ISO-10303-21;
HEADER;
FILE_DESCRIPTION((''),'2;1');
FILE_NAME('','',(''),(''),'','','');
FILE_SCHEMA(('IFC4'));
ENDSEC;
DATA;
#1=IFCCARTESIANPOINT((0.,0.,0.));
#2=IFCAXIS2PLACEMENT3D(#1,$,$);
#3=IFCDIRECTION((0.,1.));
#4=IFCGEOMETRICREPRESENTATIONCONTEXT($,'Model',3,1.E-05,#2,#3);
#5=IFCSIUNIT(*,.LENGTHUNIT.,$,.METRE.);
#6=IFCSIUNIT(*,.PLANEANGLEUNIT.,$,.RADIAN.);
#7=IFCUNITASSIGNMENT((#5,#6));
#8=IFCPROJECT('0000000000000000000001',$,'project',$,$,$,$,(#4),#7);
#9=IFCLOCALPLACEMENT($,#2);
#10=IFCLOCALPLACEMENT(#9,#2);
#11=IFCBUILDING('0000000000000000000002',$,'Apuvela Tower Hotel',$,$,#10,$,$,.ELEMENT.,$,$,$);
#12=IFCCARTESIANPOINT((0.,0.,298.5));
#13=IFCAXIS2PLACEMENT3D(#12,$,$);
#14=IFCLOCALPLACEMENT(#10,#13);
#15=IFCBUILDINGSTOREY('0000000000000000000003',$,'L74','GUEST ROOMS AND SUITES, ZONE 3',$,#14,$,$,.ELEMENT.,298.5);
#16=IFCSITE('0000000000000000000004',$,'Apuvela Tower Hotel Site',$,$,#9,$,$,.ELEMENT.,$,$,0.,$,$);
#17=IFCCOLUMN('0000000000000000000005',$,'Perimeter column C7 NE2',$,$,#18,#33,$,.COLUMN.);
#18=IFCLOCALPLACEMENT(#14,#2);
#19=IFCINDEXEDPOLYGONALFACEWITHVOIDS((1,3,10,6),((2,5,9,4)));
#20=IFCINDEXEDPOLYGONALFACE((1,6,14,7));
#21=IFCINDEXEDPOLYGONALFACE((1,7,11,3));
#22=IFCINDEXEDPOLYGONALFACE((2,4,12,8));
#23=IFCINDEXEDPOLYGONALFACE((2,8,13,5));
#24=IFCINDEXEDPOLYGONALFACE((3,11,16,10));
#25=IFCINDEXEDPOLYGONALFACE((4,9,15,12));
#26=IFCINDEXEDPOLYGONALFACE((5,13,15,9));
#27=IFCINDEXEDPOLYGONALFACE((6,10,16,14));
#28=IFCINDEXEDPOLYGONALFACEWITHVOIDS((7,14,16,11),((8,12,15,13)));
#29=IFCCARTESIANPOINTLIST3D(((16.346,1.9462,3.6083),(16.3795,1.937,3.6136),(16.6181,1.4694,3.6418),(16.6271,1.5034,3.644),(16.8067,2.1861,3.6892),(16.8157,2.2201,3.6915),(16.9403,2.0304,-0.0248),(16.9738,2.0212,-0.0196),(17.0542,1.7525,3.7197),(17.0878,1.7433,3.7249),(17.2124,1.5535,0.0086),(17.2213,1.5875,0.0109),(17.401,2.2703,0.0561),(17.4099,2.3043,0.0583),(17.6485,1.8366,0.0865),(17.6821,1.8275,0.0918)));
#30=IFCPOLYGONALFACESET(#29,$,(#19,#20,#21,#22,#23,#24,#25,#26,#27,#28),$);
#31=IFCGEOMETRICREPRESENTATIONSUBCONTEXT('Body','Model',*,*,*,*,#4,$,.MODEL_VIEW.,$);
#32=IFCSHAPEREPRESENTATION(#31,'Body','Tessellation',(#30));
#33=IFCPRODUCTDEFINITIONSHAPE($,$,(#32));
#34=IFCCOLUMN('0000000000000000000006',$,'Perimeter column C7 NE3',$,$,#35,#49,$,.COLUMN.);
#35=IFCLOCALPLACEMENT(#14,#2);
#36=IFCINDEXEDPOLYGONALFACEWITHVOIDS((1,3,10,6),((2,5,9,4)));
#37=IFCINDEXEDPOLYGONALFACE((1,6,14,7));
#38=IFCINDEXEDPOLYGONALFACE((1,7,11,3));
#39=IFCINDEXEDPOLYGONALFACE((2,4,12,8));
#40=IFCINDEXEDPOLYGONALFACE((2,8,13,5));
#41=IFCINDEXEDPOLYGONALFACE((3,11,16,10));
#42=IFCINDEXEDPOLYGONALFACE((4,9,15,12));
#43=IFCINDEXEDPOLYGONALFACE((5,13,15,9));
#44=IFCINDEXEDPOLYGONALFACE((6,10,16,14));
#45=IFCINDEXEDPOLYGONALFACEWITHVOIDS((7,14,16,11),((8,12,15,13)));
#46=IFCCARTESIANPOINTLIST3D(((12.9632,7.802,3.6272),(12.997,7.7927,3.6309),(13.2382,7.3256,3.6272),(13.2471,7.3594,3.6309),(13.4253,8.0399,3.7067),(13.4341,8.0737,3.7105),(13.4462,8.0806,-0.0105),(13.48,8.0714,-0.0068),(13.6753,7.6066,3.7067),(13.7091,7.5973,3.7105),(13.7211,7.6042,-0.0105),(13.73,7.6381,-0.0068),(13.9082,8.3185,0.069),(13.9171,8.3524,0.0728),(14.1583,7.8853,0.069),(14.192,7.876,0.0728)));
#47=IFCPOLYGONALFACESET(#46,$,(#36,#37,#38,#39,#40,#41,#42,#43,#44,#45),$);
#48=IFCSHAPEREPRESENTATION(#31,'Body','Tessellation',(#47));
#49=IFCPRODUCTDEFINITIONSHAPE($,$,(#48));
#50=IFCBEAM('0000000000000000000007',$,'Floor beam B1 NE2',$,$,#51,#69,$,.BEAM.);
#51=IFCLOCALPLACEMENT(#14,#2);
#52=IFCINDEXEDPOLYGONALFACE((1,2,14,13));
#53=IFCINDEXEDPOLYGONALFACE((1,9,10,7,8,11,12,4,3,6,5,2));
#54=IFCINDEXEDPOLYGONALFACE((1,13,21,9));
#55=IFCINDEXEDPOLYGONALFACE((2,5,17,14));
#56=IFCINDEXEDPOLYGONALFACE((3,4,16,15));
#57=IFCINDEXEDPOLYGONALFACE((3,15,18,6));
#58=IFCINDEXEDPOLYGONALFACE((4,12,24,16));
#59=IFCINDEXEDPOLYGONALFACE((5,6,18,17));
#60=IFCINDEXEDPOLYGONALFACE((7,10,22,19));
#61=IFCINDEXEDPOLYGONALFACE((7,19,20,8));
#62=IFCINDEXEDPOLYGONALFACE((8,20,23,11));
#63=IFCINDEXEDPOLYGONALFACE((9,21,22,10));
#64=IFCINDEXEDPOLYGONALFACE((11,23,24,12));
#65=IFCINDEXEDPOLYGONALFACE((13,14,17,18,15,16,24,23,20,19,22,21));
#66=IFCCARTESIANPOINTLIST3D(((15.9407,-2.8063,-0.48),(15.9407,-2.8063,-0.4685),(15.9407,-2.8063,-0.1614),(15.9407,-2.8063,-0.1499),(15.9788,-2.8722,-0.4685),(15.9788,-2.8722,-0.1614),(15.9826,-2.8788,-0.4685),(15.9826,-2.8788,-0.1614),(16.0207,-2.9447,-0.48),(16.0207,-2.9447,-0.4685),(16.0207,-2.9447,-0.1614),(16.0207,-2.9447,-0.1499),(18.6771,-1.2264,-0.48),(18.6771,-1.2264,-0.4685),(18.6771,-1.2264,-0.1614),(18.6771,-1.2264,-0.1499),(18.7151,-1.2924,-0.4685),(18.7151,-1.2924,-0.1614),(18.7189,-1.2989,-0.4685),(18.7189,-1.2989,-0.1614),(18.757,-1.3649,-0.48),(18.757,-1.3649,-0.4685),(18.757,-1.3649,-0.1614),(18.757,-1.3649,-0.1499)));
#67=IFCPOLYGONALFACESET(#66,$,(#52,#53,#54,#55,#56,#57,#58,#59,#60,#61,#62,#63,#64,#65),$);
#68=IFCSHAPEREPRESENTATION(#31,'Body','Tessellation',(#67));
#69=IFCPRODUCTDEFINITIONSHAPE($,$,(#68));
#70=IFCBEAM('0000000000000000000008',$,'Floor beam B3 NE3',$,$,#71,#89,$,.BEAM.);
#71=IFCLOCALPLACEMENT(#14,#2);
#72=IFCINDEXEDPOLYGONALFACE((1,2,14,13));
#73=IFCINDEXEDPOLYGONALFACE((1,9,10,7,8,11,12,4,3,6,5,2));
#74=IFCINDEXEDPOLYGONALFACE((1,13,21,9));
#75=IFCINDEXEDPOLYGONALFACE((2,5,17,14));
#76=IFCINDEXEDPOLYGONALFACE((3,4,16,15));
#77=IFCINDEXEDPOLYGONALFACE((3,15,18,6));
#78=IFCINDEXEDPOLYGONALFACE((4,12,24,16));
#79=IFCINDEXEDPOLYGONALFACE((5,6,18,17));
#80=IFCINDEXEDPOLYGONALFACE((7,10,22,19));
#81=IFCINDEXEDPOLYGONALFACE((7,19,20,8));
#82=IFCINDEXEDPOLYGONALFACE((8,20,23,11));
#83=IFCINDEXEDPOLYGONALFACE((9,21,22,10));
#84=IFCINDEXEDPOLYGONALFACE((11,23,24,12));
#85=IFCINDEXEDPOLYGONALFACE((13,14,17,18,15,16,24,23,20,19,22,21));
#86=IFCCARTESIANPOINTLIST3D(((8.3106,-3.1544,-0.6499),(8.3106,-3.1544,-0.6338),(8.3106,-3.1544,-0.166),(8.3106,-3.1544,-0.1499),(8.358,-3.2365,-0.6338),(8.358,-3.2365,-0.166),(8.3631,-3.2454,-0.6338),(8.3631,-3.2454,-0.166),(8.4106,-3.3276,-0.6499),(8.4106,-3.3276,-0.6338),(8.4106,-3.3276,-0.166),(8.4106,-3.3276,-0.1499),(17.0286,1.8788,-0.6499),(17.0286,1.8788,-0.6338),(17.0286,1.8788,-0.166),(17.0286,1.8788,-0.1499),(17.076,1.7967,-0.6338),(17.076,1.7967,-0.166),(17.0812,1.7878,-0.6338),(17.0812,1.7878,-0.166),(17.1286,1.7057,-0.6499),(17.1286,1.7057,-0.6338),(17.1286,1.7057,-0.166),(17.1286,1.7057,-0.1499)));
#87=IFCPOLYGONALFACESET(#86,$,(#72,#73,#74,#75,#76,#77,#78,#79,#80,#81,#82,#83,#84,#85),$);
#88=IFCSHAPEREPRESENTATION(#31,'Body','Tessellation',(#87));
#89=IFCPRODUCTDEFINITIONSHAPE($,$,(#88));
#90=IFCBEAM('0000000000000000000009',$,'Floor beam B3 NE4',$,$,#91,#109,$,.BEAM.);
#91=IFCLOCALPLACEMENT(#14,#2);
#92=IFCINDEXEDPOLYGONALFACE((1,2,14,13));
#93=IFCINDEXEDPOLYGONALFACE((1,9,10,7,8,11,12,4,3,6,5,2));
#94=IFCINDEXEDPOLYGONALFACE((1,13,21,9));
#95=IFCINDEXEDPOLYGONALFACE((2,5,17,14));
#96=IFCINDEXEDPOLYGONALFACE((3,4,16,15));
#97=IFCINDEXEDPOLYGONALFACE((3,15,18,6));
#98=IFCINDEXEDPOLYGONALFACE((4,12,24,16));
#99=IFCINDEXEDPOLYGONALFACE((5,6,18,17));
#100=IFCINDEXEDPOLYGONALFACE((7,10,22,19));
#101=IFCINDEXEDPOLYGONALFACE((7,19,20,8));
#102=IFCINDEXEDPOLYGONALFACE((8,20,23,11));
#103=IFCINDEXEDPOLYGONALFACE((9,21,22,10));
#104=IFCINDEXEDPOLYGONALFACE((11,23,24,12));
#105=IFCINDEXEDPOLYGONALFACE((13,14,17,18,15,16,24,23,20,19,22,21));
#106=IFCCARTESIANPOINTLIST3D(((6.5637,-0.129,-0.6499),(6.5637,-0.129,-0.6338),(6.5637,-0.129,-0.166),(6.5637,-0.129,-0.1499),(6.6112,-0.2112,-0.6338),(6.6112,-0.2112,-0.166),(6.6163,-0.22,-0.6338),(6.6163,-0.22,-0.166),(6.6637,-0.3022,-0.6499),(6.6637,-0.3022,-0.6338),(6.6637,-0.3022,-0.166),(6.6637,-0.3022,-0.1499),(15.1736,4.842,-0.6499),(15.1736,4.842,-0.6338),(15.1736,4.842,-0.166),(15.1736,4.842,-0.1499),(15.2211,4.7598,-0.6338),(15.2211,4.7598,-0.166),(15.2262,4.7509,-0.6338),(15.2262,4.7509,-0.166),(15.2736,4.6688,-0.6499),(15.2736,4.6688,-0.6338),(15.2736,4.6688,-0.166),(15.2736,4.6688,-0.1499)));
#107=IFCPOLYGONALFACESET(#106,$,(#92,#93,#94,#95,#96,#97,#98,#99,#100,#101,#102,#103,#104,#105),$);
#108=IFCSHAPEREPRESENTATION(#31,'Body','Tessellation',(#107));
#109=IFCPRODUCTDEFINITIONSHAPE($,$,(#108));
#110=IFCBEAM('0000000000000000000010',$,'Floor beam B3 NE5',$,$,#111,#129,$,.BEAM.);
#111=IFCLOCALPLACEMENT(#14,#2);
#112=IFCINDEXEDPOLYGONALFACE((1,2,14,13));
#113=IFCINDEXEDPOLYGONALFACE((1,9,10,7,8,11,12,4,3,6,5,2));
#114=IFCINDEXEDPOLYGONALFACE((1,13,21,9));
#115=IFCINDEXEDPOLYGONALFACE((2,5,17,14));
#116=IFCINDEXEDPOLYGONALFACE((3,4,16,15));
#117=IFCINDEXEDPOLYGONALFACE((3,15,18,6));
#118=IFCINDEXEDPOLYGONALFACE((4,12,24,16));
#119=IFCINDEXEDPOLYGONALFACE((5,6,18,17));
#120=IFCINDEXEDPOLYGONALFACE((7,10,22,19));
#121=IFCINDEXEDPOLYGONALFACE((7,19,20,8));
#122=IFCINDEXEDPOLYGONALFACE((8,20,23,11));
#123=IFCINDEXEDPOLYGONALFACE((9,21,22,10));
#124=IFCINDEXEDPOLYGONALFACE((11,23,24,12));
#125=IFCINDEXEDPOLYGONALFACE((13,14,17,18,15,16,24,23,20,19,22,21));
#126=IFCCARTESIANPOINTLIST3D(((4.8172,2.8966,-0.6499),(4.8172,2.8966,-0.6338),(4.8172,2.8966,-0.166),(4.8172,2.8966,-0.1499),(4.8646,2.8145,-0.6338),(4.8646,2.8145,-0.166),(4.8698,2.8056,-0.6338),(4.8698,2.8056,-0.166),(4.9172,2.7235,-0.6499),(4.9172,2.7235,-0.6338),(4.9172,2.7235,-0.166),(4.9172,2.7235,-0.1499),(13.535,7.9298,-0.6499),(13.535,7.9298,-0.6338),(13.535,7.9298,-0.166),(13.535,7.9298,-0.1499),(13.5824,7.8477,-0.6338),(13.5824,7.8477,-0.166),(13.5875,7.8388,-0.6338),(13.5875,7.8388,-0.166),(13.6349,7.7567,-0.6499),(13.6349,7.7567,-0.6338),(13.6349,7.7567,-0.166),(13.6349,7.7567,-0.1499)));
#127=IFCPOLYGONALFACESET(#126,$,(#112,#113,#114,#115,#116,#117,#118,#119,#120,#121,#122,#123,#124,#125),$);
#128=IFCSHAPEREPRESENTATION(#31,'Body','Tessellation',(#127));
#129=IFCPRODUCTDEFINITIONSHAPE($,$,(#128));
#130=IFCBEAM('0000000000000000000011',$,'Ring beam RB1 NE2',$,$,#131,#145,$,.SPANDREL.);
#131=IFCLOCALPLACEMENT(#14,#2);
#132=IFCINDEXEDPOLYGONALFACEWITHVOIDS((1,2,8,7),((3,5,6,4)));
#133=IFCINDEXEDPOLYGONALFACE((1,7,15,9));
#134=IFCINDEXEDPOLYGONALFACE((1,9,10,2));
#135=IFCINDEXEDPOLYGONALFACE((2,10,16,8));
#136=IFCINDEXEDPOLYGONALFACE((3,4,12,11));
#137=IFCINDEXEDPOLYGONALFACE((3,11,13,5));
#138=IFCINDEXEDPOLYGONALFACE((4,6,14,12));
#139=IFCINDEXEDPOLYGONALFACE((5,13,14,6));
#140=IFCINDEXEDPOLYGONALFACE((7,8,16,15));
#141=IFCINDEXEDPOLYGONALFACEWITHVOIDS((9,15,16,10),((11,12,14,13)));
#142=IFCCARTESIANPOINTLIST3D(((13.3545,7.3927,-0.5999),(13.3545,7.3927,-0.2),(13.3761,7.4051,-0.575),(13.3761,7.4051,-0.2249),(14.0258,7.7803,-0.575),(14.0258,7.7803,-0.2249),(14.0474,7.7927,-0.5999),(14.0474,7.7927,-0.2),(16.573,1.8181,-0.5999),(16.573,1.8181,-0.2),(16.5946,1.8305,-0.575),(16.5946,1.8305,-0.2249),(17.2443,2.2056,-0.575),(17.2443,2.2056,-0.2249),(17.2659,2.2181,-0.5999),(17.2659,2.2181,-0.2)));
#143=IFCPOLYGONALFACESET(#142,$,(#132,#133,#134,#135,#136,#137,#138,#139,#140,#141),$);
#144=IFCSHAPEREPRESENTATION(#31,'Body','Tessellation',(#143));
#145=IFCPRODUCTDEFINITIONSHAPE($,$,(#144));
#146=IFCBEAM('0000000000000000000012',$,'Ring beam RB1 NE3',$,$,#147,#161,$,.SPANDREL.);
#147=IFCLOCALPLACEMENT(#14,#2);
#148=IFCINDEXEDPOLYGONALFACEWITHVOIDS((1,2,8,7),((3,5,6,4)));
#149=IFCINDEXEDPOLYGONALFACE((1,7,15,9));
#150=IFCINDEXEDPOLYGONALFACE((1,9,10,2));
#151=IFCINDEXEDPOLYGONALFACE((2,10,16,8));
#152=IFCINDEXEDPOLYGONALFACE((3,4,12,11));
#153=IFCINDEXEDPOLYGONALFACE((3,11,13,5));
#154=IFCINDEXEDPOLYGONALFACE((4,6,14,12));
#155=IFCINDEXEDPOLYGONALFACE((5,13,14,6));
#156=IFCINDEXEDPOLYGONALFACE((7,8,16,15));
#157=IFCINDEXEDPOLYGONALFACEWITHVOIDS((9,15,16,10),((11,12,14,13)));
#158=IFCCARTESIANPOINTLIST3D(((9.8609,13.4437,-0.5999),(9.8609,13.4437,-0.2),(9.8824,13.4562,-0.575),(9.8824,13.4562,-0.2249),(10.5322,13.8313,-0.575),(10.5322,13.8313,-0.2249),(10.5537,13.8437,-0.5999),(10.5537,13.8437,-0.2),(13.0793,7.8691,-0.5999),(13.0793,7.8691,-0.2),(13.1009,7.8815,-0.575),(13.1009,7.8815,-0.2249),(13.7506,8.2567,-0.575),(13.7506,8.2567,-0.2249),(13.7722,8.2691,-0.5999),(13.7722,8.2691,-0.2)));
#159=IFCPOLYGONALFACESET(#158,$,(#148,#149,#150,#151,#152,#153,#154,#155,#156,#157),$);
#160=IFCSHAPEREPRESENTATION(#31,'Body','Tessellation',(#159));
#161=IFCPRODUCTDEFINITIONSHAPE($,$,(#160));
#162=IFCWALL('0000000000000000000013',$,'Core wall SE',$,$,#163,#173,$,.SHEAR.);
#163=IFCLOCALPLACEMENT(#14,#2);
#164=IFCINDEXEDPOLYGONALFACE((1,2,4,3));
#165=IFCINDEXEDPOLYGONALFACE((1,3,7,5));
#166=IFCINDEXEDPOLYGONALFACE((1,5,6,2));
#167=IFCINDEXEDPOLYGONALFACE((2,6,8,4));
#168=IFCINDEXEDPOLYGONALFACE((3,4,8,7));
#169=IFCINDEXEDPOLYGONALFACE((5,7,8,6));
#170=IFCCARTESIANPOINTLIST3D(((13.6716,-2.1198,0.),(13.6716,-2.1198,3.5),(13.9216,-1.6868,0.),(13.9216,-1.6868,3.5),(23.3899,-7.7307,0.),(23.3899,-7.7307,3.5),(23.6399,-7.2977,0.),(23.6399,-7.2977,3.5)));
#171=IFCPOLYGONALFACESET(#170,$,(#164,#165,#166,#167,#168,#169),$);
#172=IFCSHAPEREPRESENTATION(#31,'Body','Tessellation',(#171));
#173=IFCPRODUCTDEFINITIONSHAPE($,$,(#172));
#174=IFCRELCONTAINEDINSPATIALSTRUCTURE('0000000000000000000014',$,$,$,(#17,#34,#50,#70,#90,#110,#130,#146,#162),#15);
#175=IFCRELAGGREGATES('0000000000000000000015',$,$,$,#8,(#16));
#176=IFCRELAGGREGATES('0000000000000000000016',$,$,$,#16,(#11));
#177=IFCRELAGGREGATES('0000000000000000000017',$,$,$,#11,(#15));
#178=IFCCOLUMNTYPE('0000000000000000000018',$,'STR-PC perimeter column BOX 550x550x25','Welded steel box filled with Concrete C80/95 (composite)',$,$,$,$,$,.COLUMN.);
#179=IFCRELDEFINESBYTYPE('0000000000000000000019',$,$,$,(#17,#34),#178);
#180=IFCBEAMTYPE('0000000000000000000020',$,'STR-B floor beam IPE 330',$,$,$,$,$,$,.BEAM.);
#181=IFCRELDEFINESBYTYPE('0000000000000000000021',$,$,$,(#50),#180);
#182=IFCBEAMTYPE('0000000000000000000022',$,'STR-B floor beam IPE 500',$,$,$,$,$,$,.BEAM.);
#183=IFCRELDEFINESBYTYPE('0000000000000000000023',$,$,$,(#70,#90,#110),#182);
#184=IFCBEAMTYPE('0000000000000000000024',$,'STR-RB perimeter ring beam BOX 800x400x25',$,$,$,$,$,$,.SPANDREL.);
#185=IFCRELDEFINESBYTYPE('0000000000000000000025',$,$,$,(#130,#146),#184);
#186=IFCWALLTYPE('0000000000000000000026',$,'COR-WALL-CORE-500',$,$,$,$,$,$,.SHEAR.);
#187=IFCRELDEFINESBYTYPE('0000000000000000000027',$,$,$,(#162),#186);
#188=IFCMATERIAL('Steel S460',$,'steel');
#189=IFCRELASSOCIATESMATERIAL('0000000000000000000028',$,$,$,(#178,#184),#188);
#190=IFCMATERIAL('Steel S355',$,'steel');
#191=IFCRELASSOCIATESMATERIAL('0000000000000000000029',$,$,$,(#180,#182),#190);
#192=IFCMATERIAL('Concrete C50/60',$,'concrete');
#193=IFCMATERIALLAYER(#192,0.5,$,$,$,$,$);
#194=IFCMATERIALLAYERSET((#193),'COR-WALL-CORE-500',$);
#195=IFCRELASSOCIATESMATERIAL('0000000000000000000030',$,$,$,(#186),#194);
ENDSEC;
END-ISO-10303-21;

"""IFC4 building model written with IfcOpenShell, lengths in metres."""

from ifc_helpers import new_model, si_unit, direction, frame, frame_2d, origin, origin_2d, place, context, subcontext, project, spatial, rectangle, hollow_rectangle, i_section, extrude, boolean, halfspace, material, layer, layer_set, material_profile, profile_set, type_object, element, save


model = new_model("IFC4")

# Units and contexts
model_context = context("Model", 3, precision=1e-05, world=origin(), true_north=direction((0.0, 1.0)))
body_context = subcontext(model_context, "Body", "Model", "MODEL_VIEW")
ifc_project = project(units=[si_unit("LENGTHUNIT", "METRE"), si_unit("PLANEANGLEUNIT", "RADIAN")], contexts=[model_context])

# Site, building, storey
site_placement = place(None, origin())
site = spatial("IfcSite", under=ifc_project, at=site_placement, Name="Apuvela Tower Hotel Site", CompositionType="ELEMENT", RefElevation=0.0)
building_placement = place(site_placement, origin())
building = spatial("IfcBuilding", under=site, at=building_placement, Name="Apuvela Tower Hotel", CompositionType="ELEMENT")
storey_placement = place(building_placement, frame((0.0, 0.0, 298.5)))
storey = spatial("IfcBuildingStorey", under=building, at=storey_placement, Name="L74", Description="GUEST ROOMS AND SUITES, ZONE 3", CompositionType="ELEMENT", Elevation=298.5)

# Columns
ifc_material_1 = material(Name="Steel S460", Category="steel")
ifc_material_profile_1 = material_profile(ifc_material_1, hollow_rectangle(XDim=0.55, YDim=0.55, WallThickness=0.0249, at=origin_2d()), Name="BOX 550x550x25")
ifc_material_2 = material(Name="Concrete C80/95", Category="concrete")
ifc_material_profile_2 = material_profile(ifc_material_2, rectangle(XDim=0.5, YDim=0.5, at=origin_2d()), Name="Concrete C80/95 infill")
ifc_profile_set_1 = profile_set([ifc_material_profile_1, ifc_material_profile_2], Name="Steel S460")
column_type = type_object("IfcColumnType", Name="STR-PC perimeter column BOX 550x550x25", Description="Welded steel box filled with Concrete C80/95 (composite)", PredefinedType="COLUMN", material=ifc_profile_set_1)
column_1_placement = place(storey_placement, frame((17.3167, 1.9297, 0.0), z_axis=(-0.161389, -0.022851, 0.986626), x_axis=(0.494768, -0.866892, 0.060854)))
element("IfcColumn", 1, at=column_1_placement, inside=storey, type_object=column_type, Name="Perimeter column C7 NE2", PredefinedType="COLUMN", context=body_context, shape_type="SweptSolid", body=[
    boolean("DIFFERENCE", boolean("DIFFERENCE", extrude(hollow_rectangle(XDim=0.55, YDim=0.55, WallThickness=0.0249, at=origin_2d()), origin(), (0.0, 0.0, 1.0), 3.75), halfspace(frame((0.0, 0.0, 0.0339), z_axis=(0.0, 0.0, 1.0), x_axis=(1.0, 0.0, 0.0)), True)), halfspace(frame((0.0, 0.0, 3.7163), z_axis=(0.0, 0.0, 1.0), x_axis=(1.0, 0.0, 0.0)), False)),
])
column_2_placement = place(storey_placement, frame((13.8232, 7.9807, 0.0), z_axis=(-0.131229, -0.075724, 0.988456), x_axis=(0.499842, -0.866117, 0.000008)))
element("IfcColumn", 2, at=column_2_placement, inside=storey, type_object=column_type, Name="Perimeter column C7 NE3", PredefinedType="COLUMN", context=body_context, shape_type="SweptSolid", body=[
    boolean("DIFFERENCE", boolean("DIFFERENCE", extrude(hollow_rectangle(XDim=0.55, YDim=0.55, WallThickness=0.0249, at=origin_2d()), origin(), (0.0, 0.0, 1.0), 3.7432), halfspace(frame((0.0, 0.0, 0.0315), z_axis=(0.0, 0.0, 1.0), x_axis=(1.0, 0.0, 0.0)), True)), halfspace(frame((0.0, 0.0, 3.7117), z_axis=(0.0, 0.0, 1.0), x_axis=(1.0, 0.0, 0.0)), False)),
])

# Beams
ifc_material_3 = material(Name="Steel S355", Category="steel")
ifc_material_profile_3 = material_profile(ifc_material_3, i_section(OverallWidth=0.1599, OverallDepth=0.3301, WebThickness=0.0076, FlangeThickness=0.0115, at=origin_2d()), Name="IPE 330")
ifc_profile_set_2 = profile_set([ifc_material_profile_3], Name="Steel S355")
beam_type_1 = type_object("IfcBeamType", Name="STR-B floor beam IPE 330", PredefinedType="BEAM", material=ifc_profile_set_2)
beam_1_placement = place(storey_placement, frame((18.717, -1.2957, -0.3149), z_axis=(-0.866023, -0.500003, 0.0), x_axis=(0.500003, -0.866023, 0.0)))
element("IfcBeam", 3, at=beam_1_placement, inside=storey, type_object=beam_type_1, Name="Floor beam B1 NE2", PredefinedType="BEAM", context=body_context, shape_type="SweptSolid", body=[
    extrude(i_section(OverallWidth=0.1599, OverallDepth=0.3301, WebThickness=0.0076, FlangeThickness=0.0115, at=origin_2d()), origin(), (0.0, 0.0, 1.0), 3.1597),
])
ifc_material_profile_4 = material_profile(ifc_material_3, i_section(OverallWidth=0.2, OverallDepth=0.5, WebThickness=0.0103, FlangeThickness=0.0161, at=origin_2d()), Name="IPE 500")
ifc_profile_set_3 = profile_set([ifc_material_profile_4], Name="Steel S355")
beam_type_2 = type_object("IfcBeamType", Name="STR-B floor beam IPE 500", PredefinedType="BEAM", material=ifc_profile_set_3)
beam_2_placement = place(storey_placement, frame((17.0786, 1.7922, -0.3999), z_axis=(-0.866032, -0.499989, 0.0), x_axis=(0.499989, -0.866032, 0.0)))
element("IfcBeam", 4, at=beam_2_placement, inside=storey, type_object=beam_type_2, Name="Floor beam B3 NE3", PredefinedType="BEAM", context=body_context, shape_type="SweptSolid", body=[
    extrude(i_section(OverallWidth=0.2, OverallDepth=0.5, WebThickness=0.0103, FlangeThickness=0.0161, at=origin_2d()), origin(), (0.0, 0.0, 1.0), 10.0667),
])
beam_3_placement = place(storey_placement, frame((15.2236, 4.7554, -0.3999), z_axis=(-0.866024, -0.500003, 0.0), x_axis=(0.500003, -0.866024, 0.0)))
element("IfcBeam", 5, at=beam_3_placement, inside=storey, type_object=beam_type_2, Name="Floor beam B3 NE4", PredefinedType="BEAM", context=body_context, shape_type="SweptSolid", body=[
    extrude(i_section(OverallWidth=0.2, OverallDepth=0.5, WebThickness=0.0103, FlangeThickness=0.0161, at=origin_2d()), origin(), (0.0, 0.0, 1.0), 9.9419),
])
beam_4_placement = place(storey_placement, frame((13.585, 7.8433, -0.3999), z_axis=(-0.866026, -0.5, 0.0), x_axis=(0.5, -0.866026, 0.0)))
element("IfcBeam", 6, at=beam_4_placement, inside=storey, type_object=beam_type_2, Name="Floor beam B3 NE5", PredefinedType="BEAM", context=body_context, shape_type="SweptSolid", body=[
    extrude(i_section(OverallWidth=0.2, OverallDepth=0.5, WebThickness=0.0103, FlangeThickness=0.0161, at=origin_2d()), origin(), (0.0, 0.0, 1.0), 10.0664),
])
ifc_material_profile_5 = material_profile(ifc_material_1, hollow_rectangle(XDim=0.8, YDim=0.3999, WallThickness=0.0249, at=origin_2d()), Name="BOX 800x400x25")
ifc_profile_set_4 = profile_set([ifc_material_profile_5], Name="Steel S460")
beam_type_3 = type_object("IfcBeamType", Name="STR-RB perimeter ring beam BOX 800x400x25", PredefinedType="SPANDREL", material=ifc_profile_set_4)
for number, where, z_axis, x_axis, name in (
    (7, (16.9194, 2.0181, -0.3999), (-0.499994, 0.866029, 0.0), (-0.866029, -0.499994, 0.0), "Ring beam RB1 NE2"),
    (8, (13.4258, 8.0691, -0.3999), (-0.499994, 0.866029, 0.0), (-0.866029, -0.499994, 0.0), "Ring beam RB1 NE3"),
):
    element("IfcBeam", number, at=place(storey_placement, frame(where, z_axis=z_axis, x_axis=x_axis)), inside=storey, type_object=beam_type_3, Name=name, PredefinedType="SPANDREL", context=body_context, shape_type="SweptSolid", body=[
        extrude(hollow_rectangle(XDim=0.8, YDim=0.3999, WallThickness=0.0249, at=origin_2d()), origin(), (0.0, 0.0, 1.0), 6.437),
    ])

# Wall
ifc_material_4 = material(Name="Concrete C50/60", Category="concrete")
ifc_layer_1 = layer(ifc_material_4, 0.5)
ifc_layer_set_1 = layer_set([ifc_layer_1], Name="COR-WALL-CORE-500")
wall_type_1 = type_object("IfcWallType", Name="COR-WALL-CORE-500", PredefinedType="SHEAR", material=ifc_layer_set_1)
wall_1_placement = place(storey_placement, frame((13.7966, -1.9033, 0.0), z_axis=(0.0, 0.0, 1.0), x_axis=(0.866025, -0.5, 0.0)))
element("IfcWall", 9, at=wall_1_placement, inside=storey, type_object=wall_type_1, Name="Core wall SE", PredefinedType="SHEAR", context=body_context, shape_type="SweptSolid", body=[
    extrude(rectangle(XDim=11.2217, YDim=0.5, at=frame_2d((5.6108, 0.0))), origin(), (0.0, 0.0, 1.0), 3.5),
])

save(model, "model.ifc")
